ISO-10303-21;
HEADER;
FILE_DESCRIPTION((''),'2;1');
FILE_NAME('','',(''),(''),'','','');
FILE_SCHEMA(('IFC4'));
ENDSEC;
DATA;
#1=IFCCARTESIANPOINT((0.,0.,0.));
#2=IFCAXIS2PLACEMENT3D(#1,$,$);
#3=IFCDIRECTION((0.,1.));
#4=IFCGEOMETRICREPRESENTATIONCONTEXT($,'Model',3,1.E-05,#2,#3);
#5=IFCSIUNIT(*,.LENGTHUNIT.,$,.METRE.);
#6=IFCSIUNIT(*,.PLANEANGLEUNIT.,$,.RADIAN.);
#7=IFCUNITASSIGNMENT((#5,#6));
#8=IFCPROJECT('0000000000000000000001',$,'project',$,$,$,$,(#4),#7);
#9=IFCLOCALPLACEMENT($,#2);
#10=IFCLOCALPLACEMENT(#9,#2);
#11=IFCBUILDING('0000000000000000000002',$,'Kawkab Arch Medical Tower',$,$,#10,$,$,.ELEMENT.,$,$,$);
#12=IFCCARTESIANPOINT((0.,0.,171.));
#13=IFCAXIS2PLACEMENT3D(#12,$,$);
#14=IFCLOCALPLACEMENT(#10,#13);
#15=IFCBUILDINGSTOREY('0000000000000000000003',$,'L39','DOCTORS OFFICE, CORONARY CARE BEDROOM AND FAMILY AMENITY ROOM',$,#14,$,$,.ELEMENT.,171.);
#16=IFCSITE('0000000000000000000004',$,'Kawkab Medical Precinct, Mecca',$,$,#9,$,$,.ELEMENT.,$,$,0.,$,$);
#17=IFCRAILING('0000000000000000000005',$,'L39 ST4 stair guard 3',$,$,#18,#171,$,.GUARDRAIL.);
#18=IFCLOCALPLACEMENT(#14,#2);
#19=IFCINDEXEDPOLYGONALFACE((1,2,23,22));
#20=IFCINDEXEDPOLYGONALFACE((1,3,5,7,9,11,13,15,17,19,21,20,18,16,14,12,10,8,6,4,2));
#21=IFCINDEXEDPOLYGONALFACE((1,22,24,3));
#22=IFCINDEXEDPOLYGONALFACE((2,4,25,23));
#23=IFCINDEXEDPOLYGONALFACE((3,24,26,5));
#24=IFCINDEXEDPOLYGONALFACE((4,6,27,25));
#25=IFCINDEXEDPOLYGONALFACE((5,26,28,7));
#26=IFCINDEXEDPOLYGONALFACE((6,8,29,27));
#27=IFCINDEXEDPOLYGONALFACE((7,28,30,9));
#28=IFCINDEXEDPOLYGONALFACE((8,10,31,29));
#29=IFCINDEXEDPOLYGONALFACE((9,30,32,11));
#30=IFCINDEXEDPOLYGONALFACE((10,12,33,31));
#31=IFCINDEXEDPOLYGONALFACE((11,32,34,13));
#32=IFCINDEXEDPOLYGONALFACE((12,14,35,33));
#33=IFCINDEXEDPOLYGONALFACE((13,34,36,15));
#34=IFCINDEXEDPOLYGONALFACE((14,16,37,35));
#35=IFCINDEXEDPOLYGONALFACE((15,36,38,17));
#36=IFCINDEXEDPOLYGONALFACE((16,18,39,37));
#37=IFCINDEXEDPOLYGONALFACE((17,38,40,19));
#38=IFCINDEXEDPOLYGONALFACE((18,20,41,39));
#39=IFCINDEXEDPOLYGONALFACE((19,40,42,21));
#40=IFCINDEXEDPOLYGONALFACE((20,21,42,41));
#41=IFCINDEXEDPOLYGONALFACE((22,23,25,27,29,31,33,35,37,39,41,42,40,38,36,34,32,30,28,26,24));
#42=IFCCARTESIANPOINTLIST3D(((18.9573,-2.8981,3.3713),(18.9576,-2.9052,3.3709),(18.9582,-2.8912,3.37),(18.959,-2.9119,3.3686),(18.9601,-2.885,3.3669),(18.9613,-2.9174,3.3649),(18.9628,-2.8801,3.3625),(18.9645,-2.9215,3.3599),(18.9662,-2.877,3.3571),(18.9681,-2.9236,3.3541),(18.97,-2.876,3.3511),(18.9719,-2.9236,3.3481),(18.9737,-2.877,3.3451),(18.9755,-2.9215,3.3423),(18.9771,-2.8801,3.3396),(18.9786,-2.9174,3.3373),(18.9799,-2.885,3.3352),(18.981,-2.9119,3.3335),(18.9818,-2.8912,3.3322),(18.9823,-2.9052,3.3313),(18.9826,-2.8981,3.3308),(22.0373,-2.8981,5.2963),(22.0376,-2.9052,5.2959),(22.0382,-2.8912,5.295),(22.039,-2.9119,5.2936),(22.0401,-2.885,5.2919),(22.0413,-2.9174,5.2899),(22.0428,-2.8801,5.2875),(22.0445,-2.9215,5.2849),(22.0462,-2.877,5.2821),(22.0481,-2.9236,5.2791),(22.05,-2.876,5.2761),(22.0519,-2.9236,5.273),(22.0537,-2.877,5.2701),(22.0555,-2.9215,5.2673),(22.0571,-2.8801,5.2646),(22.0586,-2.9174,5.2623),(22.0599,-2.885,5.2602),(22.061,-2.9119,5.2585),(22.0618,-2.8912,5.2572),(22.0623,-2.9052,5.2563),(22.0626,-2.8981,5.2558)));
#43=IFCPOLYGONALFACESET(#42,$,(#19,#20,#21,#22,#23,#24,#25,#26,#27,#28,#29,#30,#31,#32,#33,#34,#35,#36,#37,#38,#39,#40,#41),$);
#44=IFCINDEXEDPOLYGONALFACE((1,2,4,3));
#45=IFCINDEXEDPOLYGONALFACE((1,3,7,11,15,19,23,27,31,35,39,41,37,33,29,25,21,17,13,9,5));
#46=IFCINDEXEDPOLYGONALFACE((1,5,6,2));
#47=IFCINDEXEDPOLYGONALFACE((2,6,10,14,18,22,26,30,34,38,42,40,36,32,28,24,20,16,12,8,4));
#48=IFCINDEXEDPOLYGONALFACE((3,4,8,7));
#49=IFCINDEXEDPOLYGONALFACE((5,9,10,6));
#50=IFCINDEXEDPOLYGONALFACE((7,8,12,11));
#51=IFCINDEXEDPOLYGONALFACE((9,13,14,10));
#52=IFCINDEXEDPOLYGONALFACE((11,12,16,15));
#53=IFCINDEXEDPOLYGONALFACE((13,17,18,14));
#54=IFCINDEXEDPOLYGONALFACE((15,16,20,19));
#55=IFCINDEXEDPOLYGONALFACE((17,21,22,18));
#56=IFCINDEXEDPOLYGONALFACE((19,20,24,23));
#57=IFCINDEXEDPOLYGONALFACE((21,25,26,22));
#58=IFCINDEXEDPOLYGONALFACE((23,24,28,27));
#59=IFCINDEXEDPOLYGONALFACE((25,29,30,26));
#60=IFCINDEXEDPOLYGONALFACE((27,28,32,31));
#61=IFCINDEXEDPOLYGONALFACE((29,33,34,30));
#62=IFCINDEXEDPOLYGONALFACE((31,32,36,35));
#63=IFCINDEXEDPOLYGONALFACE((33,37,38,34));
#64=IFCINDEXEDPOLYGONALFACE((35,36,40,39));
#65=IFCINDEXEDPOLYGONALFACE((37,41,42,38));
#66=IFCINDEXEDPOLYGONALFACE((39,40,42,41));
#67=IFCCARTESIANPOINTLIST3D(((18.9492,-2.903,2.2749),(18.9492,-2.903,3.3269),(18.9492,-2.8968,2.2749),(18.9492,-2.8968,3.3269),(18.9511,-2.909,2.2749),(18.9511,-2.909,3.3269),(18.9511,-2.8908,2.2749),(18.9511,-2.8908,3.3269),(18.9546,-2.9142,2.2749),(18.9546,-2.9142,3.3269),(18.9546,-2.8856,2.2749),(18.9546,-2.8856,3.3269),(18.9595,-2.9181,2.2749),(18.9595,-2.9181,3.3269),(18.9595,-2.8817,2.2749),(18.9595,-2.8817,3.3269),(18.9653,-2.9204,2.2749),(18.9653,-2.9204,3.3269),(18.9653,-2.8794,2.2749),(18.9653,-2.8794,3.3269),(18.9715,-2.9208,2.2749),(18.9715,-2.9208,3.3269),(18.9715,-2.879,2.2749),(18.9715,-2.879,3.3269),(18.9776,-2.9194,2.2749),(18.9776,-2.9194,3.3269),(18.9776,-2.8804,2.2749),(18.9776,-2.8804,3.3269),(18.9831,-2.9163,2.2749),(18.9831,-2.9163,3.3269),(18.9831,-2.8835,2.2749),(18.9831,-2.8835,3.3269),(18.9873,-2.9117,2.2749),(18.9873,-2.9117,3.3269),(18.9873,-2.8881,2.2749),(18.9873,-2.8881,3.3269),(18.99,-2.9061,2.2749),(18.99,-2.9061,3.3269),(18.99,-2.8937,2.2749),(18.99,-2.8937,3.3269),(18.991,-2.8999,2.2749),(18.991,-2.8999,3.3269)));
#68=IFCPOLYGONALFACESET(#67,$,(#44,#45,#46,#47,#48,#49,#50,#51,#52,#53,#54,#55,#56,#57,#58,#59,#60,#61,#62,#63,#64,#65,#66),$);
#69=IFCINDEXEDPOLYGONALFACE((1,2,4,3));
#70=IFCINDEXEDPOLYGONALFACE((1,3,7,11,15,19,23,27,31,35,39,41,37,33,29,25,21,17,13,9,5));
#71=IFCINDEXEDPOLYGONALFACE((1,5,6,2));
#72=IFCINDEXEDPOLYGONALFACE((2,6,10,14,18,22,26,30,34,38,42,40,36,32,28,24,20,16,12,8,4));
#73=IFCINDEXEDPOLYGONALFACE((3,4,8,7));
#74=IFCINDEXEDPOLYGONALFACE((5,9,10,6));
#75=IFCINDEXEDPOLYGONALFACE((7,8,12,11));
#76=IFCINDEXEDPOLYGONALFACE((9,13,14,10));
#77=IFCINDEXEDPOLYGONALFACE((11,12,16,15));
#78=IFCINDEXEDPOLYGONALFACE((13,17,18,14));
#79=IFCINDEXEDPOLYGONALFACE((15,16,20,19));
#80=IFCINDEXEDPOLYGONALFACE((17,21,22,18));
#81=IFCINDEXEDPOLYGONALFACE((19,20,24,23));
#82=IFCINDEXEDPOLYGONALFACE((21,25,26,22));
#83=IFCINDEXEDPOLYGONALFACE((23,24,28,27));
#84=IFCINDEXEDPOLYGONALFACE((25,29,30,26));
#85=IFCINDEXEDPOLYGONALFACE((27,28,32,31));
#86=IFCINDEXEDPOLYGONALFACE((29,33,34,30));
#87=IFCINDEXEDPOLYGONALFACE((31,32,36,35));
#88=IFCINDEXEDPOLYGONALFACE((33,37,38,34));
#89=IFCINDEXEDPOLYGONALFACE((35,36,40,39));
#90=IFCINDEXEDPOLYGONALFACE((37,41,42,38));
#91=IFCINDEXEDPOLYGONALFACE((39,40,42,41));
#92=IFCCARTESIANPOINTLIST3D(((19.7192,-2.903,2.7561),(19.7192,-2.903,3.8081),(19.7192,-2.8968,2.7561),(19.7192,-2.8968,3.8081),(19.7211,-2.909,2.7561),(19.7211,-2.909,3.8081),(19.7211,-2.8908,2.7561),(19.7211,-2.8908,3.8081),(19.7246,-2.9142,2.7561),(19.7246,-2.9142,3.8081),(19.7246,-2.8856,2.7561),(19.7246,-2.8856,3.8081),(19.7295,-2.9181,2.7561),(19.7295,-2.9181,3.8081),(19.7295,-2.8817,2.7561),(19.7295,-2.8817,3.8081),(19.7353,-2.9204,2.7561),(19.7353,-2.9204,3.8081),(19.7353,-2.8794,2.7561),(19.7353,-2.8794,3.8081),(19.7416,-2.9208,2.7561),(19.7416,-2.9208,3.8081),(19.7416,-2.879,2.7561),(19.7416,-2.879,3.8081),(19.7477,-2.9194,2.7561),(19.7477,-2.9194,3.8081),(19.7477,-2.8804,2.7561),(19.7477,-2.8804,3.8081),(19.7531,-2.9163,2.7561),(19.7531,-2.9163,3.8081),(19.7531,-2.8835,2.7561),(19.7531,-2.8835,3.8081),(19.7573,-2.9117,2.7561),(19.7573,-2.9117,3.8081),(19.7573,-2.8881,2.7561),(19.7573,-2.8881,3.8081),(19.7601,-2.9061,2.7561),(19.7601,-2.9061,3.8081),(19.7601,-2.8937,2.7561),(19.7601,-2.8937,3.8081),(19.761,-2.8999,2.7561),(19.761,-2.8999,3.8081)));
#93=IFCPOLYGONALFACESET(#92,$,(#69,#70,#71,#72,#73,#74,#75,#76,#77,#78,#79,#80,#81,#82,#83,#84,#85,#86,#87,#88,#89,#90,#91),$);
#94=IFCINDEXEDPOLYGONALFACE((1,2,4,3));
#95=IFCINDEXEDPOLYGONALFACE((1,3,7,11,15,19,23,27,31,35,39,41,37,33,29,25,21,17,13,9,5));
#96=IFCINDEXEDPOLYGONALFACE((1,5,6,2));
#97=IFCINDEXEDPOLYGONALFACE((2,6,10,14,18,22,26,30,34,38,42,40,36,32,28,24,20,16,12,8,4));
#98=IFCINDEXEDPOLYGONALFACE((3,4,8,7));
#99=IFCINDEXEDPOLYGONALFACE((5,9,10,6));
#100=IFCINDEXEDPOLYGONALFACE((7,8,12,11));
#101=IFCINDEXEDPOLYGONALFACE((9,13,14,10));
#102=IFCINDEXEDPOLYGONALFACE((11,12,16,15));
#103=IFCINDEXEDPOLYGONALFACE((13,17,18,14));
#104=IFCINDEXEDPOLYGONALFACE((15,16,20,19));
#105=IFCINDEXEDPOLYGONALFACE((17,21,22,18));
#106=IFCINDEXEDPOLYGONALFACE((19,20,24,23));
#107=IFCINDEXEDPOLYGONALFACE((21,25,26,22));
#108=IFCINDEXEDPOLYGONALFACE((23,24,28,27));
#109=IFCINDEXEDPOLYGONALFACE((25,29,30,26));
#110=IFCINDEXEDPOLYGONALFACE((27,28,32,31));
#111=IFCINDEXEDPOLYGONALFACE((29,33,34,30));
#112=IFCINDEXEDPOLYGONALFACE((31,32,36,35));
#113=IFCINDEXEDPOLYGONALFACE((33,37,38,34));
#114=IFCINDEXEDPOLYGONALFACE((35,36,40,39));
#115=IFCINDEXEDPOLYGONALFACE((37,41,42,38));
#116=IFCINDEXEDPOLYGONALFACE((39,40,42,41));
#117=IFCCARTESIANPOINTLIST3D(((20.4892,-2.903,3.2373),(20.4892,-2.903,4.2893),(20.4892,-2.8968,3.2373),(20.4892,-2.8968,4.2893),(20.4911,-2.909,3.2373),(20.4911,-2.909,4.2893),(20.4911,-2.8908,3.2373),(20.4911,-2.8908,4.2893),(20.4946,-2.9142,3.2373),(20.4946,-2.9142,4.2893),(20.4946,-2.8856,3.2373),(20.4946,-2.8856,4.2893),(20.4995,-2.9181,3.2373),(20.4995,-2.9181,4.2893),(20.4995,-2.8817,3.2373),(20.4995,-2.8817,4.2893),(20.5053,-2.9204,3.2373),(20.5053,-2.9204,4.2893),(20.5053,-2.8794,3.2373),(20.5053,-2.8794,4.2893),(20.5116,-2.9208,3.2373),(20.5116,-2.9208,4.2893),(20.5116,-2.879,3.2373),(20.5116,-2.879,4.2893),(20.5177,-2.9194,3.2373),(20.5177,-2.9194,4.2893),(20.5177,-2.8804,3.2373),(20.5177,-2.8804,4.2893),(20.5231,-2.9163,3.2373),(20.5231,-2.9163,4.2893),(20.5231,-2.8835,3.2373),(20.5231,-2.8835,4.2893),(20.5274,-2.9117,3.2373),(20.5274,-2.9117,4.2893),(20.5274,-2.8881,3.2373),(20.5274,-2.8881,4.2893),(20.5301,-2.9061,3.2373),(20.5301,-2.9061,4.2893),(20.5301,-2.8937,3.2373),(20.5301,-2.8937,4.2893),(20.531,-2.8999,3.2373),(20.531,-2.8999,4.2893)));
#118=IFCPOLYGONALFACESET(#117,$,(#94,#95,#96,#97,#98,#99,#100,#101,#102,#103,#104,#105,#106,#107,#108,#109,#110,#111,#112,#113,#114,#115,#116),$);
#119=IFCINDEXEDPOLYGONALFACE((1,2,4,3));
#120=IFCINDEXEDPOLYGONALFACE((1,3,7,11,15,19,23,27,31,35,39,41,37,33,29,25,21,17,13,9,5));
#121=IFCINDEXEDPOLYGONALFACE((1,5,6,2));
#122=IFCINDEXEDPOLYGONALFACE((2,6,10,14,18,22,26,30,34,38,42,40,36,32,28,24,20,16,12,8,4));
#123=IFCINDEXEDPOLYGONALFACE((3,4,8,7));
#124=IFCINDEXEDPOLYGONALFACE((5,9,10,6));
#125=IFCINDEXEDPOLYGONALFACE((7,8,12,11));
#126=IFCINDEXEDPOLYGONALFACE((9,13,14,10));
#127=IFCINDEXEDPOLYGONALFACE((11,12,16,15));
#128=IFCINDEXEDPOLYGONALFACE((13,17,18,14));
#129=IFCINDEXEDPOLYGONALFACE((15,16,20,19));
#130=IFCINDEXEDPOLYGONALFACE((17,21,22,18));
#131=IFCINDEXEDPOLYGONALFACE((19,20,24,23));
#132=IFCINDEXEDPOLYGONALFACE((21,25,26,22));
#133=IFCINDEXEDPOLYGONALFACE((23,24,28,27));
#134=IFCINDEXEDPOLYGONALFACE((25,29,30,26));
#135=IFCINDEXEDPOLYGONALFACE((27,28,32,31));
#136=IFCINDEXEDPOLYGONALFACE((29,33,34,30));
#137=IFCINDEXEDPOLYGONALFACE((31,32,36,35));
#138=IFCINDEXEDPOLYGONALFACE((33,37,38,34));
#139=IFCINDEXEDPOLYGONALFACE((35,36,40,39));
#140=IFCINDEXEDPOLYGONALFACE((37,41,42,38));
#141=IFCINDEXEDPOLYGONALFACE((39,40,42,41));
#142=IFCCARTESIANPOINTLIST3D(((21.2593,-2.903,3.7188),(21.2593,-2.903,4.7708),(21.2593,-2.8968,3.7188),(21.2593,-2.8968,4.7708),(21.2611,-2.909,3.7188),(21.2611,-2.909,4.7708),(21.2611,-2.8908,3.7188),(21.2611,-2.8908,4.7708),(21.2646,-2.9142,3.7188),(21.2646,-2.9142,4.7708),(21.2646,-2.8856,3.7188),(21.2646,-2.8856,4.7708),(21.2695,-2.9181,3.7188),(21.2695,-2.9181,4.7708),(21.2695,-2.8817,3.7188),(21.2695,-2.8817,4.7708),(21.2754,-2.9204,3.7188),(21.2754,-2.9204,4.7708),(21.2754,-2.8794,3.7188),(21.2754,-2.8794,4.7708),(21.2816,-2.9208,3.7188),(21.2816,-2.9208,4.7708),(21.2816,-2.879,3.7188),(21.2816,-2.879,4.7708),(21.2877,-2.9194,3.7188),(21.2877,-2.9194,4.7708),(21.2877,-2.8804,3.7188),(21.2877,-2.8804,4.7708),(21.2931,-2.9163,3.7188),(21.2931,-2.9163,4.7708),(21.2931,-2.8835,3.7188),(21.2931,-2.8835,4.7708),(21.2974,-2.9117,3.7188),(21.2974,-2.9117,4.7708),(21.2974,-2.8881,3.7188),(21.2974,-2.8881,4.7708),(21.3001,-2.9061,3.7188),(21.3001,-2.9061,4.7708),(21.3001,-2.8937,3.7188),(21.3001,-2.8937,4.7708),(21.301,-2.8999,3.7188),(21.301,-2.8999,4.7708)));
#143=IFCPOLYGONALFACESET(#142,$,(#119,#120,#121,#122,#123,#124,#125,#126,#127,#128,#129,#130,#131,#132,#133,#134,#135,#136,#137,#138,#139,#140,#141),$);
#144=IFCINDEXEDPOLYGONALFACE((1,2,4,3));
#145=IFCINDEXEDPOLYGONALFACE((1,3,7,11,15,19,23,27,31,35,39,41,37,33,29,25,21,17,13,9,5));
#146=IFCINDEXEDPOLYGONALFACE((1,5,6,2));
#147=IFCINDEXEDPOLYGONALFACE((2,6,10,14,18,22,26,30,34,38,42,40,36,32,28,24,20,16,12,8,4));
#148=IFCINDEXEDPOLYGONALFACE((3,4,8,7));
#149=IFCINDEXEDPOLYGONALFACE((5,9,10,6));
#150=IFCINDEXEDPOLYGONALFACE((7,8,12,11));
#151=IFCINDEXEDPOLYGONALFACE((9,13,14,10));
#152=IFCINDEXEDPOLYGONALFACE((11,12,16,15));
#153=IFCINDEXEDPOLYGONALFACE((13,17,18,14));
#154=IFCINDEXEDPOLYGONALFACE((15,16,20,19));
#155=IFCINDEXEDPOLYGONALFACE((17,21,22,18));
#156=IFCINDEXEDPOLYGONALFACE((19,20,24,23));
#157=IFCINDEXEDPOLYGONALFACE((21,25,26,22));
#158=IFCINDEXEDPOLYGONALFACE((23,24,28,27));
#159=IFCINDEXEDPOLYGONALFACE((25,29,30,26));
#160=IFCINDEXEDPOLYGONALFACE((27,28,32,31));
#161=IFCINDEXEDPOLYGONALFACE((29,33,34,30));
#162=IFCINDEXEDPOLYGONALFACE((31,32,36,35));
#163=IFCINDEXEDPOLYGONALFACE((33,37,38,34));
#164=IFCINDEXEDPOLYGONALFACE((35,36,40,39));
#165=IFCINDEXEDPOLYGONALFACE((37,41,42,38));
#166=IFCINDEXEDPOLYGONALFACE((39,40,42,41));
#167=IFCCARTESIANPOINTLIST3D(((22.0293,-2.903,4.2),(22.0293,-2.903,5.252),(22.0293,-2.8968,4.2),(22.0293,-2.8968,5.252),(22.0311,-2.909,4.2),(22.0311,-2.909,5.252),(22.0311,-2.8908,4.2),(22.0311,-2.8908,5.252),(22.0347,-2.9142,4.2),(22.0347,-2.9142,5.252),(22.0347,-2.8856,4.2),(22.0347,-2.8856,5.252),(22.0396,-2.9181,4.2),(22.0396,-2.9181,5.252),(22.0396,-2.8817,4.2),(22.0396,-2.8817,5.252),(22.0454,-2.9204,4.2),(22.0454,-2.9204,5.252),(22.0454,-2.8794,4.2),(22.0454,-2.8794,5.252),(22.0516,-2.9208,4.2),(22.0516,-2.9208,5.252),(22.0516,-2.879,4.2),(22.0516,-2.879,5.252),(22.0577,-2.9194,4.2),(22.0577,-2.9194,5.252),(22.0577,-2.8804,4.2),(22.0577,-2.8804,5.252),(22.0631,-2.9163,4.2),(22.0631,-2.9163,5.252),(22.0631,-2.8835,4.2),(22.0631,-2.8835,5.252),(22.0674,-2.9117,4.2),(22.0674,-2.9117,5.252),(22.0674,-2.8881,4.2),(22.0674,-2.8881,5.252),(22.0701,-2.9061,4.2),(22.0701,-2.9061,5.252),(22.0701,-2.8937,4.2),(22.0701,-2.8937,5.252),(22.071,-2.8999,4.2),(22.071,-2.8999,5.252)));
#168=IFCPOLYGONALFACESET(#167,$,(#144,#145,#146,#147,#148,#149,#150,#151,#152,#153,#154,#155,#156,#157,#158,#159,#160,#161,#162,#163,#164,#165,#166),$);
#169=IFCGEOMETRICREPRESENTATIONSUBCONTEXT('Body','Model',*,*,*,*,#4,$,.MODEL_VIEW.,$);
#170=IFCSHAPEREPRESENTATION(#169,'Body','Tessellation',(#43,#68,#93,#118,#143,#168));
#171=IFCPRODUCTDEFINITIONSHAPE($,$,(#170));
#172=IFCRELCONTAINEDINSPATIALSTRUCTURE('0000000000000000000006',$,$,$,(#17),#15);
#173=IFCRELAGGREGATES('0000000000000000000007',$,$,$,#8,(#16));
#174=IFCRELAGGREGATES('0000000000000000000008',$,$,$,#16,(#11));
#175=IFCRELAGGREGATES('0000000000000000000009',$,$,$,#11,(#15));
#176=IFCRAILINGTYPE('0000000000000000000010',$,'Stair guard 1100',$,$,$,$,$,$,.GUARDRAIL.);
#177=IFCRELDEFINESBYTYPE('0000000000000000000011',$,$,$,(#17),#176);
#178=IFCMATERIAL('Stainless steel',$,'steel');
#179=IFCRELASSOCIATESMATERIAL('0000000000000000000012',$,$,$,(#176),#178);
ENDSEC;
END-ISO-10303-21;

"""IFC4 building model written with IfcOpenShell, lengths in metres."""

from ifc_helpers import new_model, si_unit, direction, frame, origin, origin_2d, place, context, subcontext, project, spatial, circle, extrude, material, type_object, element, save


model = new_model("IFC4")

# Units and contexts
model_context = context("Model", 3, precision=1e-05, world=origin(), true_north=direction((0.0, 1.0)))
body_context = subcontext(model_context, "Body", "Model", "MODEL_VIEW")
ifc_project = project(units=[si_unit("LENGTHUNIT", "METRE"), si_unit("PLANEANGLEUNIT", "RADIAN")], contexts=[model_context])

# Site, building, storey
site_placement = place(None, origin())
site = spatial("IfcSite", under=ifc_project, at=site_placement, Name="Kawkab Medical Precinct, Mecca", CompositionType="ELEMENT", RefElevation=0.0)
building_placement = place(site_placement, origin())
building = spatial("IfcBuilding", under=site, at=building_placement, Name="Kawkab Arch Medical Tower", CompositionType="ELEMENT")
storey_placement = place(building_placement, frame((0.0, 0.0, 171.0)))
storey = spatial("IfcBuildingStorey", under=building, at=storey_placement, Name="L39", Description="DOCTORS OFFICE, CORONARY CARE BEDROOM AND FAMILY AMENITY ROOM", CompositionType="ELEMENT", Elevation=171.0)

# Railing
ifc_material_1 = material(Name="Stainless steel", Category="steel")
railing_type = type_object("IfcRailingType", Name="Stair guard 1100", PredefinedType="GUARDRAIL", material=ifc_material_1)
railing_1_placement = place(storey_placement, frame((18.97, -2.8999, 2.2749)))
element("IfcRailing", 1, at=railing_1_placement, inside=storey, type_object=railing_type, Name="L39 ST4 stair guard 3", PredefinedType="GUARDRAIL", context=body_context, shape_type="SweptSolid", body=[
    extrude(circle(Radius=0.0239, at=origin_2d()), frame((0.0, 0.0, 1.0762), z_axis=(0.847998, 0.0, 0.529999), x_axis=(0.0, 1.0, 0.0)), (0.0, 0.0, 1.0), 3.6321),
    extrude(circle(Radius=0.021, at=origin_2d()), origin(), (0.0, 0.0, 1.0), 1.052),
    extrude(circle(Radius=0.021, at=origin_2d()), frame((0.77, 0.0, 0.4812)), (0.0, 0.0, 1.0), 1.052),
    extrude(circle(Radius=0.021, at=origin_2d()), frame((1.54, 0.0, 0.9624)), (0.0, 0.0, 1.0), 1.052),
    extrude(circle(Radius=0.021, at=origin_2d()), frame((2.3101, 0.0, 1.4438)), (0.0, 0.0, 1.0), 1.052),
    extrude(circle(Radius=0.021, at=origin_2d()), frame((3.0801, 0.0, 1.925)), (0.0, 0.0, 1.0), 1.052),
])

save(model, "model.ifc")
